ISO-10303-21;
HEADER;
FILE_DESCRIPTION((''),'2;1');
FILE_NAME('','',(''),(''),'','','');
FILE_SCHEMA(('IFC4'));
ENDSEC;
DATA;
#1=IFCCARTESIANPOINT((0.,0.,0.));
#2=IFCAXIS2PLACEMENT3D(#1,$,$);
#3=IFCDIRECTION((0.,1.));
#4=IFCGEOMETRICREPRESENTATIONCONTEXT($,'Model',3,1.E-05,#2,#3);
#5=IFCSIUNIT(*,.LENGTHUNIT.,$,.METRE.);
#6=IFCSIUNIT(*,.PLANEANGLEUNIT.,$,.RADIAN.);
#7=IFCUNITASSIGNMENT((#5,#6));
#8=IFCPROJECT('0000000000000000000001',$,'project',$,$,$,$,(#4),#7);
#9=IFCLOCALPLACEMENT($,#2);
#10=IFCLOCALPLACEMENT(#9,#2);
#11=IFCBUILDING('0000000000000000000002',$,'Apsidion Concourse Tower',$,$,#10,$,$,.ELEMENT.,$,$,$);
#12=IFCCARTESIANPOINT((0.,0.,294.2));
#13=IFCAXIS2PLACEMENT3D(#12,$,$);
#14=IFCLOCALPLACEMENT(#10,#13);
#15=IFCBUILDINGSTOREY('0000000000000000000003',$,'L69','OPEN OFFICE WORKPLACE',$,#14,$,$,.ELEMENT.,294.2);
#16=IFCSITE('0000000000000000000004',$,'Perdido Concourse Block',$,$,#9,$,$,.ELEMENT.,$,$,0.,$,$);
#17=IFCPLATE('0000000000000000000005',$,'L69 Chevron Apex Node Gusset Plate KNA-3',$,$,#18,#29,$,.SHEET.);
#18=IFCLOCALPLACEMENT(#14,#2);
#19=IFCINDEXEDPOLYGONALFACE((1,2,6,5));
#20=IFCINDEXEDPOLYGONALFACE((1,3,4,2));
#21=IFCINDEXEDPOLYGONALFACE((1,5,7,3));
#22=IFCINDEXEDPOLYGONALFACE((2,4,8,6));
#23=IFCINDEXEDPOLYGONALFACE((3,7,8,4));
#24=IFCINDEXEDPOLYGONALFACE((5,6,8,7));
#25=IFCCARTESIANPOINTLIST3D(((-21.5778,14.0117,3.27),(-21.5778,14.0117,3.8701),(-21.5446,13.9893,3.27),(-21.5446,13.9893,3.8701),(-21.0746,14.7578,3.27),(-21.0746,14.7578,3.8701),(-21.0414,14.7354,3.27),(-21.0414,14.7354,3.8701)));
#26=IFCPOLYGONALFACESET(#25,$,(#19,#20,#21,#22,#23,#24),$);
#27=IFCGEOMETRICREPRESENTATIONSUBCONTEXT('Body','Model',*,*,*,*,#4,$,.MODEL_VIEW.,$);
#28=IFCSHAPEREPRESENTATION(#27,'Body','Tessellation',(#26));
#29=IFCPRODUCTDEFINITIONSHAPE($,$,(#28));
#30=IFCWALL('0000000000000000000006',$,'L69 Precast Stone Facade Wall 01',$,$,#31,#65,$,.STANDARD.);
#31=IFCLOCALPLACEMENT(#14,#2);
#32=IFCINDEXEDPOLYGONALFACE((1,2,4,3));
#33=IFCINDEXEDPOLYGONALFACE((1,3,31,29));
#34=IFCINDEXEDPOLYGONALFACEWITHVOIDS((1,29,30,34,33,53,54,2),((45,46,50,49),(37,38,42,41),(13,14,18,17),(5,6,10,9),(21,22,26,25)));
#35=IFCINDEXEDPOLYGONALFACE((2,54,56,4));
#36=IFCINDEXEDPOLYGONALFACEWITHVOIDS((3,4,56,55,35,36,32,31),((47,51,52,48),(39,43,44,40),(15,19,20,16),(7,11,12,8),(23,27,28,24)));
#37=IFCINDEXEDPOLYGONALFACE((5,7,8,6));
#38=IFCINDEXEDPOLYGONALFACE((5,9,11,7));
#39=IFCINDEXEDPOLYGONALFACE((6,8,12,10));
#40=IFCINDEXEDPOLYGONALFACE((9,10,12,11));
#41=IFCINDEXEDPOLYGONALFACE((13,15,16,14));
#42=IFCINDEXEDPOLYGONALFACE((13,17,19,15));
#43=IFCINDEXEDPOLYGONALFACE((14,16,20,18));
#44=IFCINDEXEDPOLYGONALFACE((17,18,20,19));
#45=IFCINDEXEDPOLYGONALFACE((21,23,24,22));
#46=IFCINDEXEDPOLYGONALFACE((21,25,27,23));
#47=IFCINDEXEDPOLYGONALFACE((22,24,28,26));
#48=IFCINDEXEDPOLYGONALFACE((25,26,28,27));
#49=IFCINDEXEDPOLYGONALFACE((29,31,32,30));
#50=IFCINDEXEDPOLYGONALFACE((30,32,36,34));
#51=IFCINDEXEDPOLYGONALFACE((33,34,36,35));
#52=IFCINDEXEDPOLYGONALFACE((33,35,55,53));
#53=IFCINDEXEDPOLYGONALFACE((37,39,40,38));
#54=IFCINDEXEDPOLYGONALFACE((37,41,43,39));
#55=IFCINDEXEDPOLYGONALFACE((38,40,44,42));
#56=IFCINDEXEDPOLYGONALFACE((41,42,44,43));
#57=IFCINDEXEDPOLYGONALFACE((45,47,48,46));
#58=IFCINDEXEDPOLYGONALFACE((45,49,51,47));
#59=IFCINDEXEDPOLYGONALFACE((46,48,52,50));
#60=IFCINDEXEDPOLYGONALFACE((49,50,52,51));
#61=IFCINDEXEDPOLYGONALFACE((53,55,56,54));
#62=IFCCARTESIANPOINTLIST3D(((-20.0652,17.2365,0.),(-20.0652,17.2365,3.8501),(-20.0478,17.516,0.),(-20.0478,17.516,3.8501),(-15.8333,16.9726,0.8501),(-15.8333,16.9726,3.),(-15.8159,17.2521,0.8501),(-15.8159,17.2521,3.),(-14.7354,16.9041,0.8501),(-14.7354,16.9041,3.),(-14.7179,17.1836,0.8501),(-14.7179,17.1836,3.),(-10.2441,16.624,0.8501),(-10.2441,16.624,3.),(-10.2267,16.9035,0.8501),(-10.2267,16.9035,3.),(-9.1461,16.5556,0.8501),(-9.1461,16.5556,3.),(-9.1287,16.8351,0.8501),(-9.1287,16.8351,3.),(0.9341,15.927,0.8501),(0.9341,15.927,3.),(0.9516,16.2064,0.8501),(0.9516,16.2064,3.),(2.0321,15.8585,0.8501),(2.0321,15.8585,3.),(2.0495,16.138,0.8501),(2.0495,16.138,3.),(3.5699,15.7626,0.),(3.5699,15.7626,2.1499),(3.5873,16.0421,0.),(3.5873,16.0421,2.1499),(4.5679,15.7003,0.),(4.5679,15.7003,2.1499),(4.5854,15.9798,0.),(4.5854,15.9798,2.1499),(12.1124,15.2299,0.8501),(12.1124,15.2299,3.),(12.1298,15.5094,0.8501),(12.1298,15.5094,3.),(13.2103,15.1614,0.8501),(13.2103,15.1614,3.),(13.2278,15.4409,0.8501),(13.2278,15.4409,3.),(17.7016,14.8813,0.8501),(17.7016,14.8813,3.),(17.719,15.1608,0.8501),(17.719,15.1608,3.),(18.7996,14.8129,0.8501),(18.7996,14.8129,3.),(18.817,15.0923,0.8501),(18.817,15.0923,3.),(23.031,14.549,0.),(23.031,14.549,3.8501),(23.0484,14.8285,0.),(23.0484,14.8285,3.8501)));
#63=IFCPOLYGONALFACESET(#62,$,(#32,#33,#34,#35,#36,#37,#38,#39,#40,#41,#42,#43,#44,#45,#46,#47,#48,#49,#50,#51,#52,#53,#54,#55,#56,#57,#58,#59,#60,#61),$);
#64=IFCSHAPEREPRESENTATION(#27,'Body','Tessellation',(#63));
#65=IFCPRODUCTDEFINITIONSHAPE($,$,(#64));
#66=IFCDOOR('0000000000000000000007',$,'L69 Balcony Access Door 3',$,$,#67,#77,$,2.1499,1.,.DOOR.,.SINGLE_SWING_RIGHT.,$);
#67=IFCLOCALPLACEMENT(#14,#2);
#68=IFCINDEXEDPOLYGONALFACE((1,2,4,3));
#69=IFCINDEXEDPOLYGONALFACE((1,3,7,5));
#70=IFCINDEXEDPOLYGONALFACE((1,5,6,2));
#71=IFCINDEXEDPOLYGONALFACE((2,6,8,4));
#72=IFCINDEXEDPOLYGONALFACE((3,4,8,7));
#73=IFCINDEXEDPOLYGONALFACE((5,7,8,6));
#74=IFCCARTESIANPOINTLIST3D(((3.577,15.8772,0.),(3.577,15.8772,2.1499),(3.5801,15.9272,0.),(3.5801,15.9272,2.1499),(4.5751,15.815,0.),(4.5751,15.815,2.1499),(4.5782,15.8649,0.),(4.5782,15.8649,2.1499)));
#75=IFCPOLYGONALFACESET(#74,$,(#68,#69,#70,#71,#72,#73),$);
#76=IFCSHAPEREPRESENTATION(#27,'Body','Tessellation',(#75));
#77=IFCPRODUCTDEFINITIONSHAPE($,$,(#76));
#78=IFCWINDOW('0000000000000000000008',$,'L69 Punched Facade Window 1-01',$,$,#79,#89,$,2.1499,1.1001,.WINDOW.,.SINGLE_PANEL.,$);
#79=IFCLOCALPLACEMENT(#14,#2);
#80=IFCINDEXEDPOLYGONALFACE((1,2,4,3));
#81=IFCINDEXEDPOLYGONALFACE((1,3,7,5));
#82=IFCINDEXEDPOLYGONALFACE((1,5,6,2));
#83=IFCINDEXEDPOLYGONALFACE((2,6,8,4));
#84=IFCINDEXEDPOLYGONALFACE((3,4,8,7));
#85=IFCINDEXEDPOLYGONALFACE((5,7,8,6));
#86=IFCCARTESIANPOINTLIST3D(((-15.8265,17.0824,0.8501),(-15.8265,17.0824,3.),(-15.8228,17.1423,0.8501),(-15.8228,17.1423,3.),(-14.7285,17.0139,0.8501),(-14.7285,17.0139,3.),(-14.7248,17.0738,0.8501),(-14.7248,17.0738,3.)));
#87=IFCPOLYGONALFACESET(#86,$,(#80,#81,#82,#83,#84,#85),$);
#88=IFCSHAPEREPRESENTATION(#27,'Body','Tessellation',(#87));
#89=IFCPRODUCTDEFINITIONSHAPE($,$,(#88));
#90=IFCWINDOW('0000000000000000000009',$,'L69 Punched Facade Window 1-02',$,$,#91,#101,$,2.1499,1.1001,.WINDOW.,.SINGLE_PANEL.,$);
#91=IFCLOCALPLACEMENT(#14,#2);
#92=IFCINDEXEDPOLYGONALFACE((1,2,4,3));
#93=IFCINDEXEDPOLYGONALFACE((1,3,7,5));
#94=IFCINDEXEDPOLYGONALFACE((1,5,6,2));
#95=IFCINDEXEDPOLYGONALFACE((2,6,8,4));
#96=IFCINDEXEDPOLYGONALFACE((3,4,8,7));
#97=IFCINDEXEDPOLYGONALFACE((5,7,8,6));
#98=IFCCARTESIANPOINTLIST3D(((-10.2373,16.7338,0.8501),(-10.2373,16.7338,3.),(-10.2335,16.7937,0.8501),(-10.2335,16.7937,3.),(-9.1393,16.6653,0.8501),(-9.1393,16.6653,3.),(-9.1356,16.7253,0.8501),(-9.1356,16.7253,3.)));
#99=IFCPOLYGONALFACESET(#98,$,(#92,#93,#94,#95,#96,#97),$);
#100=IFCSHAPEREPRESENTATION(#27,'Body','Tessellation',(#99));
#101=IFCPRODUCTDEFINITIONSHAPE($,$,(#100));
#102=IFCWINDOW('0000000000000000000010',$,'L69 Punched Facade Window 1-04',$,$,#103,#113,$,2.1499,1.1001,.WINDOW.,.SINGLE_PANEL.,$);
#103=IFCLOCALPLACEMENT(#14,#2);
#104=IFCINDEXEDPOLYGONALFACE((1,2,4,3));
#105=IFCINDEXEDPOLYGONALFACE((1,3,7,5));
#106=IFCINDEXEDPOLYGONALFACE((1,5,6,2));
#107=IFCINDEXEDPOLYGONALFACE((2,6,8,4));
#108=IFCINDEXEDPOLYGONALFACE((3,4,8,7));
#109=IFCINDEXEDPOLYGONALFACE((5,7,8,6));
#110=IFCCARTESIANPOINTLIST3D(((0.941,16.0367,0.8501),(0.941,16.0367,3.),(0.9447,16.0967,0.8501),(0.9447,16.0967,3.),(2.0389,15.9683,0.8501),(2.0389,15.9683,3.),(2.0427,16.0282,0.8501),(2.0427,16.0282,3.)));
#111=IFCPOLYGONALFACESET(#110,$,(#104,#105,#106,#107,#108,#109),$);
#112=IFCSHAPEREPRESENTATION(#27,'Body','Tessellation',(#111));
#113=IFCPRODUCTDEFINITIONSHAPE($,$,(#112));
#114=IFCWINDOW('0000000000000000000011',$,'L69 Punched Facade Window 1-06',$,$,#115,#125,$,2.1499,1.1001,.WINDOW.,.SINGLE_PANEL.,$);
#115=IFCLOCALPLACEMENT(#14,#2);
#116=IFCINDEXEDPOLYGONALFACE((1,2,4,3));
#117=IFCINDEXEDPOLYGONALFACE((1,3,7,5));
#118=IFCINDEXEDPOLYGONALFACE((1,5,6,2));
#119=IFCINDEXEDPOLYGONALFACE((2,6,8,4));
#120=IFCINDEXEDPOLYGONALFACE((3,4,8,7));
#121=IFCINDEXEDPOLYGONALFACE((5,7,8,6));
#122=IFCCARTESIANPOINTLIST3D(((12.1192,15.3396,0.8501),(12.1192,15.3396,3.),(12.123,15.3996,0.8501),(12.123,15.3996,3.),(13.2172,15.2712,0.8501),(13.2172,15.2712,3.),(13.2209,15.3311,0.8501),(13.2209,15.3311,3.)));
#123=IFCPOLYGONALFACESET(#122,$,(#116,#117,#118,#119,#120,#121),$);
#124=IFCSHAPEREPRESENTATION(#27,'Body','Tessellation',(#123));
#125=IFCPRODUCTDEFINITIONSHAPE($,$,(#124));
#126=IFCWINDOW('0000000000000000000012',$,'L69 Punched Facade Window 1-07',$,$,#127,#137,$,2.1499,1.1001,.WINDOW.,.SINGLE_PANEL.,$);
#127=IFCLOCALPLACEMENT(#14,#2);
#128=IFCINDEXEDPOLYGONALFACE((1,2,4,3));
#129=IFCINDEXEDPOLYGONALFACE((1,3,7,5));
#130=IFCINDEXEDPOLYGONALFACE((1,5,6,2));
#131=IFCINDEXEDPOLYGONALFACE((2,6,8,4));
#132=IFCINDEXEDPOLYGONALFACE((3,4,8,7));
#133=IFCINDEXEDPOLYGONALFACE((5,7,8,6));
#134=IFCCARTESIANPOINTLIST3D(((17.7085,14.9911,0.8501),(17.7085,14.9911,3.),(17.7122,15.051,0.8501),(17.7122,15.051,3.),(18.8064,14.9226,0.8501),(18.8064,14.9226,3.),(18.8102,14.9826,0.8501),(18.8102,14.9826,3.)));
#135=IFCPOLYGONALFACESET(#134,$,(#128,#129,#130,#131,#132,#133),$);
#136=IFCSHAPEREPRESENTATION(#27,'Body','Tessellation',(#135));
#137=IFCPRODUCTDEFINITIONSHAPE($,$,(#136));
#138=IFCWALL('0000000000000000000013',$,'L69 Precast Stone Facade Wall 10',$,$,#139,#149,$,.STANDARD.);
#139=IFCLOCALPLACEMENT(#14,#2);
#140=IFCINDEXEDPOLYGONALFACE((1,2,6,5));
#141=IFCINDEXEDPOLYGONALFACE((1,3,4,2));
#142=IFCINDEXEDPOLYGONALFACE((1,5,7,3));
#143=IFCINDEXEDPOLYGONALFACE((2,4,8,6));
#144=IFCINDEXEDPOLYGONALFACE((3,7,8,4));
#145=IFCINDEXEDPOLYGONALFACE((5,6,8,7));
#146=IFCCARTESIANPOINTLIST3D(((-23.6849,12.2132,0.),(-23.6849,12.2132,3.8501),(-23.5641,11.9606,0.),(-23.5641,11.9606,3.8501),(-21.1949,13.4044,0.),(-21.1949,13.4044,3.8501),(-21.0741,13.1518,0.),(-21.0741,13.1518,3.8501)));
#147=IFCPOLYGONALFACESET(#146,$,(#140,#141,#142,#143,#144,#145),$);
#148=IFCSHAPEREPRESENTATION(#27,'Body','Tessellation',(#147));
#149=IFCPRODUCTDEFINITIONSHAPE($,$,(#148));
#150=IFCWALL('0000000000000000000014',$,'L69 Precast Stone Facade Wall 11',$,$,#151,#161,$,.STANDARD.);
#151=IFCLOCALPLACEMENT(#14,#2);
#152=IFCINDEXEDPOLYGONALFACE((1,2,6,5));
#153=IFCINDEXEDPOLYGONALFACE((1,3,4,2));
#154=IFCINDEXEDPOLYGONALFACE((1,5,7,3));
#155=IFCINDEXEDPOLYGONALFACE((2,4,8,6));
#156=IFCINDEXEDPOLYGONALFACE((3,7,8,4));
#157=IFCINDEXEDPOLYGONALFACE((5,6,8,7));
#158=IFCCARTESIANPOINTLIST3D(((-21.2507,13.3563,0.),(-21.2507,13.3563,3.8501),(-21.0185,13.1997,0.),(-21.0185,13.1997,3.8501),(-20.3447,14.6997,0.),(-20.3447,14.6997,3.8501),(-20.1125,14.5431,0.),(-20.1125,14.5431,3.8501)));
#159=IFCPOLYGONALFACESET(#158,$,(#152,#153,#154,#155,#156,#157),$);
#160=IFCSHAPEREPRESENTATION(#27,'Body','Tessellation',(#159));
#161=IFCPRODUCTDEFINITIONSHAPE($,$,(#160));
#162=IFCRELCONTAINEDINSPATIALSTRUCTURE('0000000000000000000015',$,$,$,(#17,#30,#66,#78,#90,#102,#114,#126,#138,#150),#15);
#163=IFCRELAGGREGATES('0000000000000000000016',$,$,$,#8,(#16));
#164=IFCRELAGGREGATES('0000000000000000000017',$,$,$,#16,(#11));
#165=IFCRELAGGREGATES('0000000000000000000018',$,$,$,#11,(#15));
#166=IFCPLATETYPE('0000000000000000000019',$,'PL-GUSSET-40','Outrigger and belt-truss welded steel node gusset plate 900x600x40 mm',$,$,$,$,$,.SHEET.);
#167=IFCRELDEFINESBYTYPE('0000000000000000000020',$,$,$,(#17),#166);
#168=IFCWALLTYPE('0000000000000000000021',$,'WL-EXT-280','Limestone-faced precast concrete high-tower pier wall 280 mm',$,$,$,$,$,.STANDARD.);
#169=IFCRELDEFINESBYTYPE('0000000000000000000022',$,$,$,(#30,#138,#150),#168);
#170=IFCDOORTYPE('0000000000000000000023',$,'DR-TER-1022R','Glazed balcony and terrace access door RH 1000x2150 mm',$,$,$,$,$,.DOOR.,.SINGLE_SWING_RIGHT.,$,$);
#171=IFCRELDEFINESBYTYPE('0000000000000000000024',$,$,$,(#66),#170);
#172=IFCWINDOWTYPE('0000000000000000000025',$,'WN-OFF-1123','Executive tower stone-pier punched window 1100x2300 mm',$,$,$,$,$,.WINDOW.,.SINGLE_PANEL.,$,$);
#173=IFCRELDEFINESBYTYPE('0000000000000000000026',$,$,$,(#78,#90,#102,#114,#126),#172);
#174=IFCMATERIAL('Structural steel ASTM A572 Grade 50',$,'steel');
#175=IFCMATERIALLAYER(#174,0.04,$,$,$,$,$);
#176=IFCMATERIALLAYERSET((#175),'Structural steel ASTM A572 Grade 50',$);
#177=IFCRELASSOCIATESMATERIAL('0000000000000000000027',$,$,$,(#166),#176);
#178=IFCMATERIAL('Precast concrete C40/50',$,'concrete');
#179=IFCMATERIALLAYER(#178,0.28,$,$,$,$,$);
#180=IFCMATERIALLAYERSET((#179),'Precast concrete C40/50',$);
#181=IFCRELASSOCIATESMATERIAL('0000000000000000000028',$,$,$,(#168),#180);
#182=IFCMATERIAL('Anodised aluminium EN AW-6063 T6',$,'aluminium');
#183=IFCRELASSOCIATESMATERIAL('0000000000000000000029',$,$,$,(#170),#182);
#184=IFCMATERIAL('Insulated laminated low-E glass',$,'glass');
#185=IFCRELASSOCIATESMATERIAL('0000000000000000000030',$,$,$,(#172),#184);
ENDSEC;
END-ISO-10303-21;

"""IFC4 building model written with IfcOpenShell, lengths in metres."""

from ifc_helpers import new_model, si_unit, direction, frame, frame_2d, origin, origin_2d, place, context, subcontext, project, spatial, rectangle, extrude, material, layer, layer_set, type_object, element, fill, save


model = new_model("IFC4")

# Units and contexts
model_context = context("Model", 3, precision=1e-05, world=origin(), true_north=direction((0.0, 1.0)))
body_context = subcontext(model_context, "Body", "Model", "MODEL_VIEW")
ifc_project = project(units=[si_unit("LENGTHUNIT", "METRE"), si_unit("PLANEANGLEUNIT", "RADIAN")], contexts=[model_context])

# Site, building, storey
site_placement = place(None, origin())
site = spatial("IfcSite", under=ifc_project, at=site_placement, Name="Perdido Concourse Block", CompositionType="ELEMENT", RefElevation=0.0)
building_placement = place(site_placement, origin())
building = spatial("IfcBuilding", under=site, at=building_placement, Name="Apsidion Concourse Tower", CompositionType="ELEMENT")
storey_placement = place(building_placement, frame((0.0, 0.0, 294.2)))
storey = spatial("IfcBuildingStorey", under=building, at=storey_placement, Name="L69", Description="OPEN OFFICE WORKPLACE", CompositionType="ELEMENT", Elevation=294.2)

# Plate
ifc_material_1 = material(Name="Structural steel ASTM A572 Grade 50", Category="steel")
ifc_layer_1 = layer(ifc_material_1, 0.04)
ifc_layer_set_1 = layer_set([ifc_layer_1], Name="Structural steel ASTM A572 Grade 50")
plate_type_1 = type_object("IfcPlateType", Name="PL-GUSSET-40", Description="Outrigger and belt-truss welded steel node gusset plate 900x600x40 mm", PredefinedType="SHEET", material=ifc_layer_set_1)
plate_1_placement = place(storey_placement, frame((-21.3096, 14.3735, 3.27), z_axis=(0.0, 0.0, 1.0), x_axis=(0.559193, 0.829038, 0.0)))
element("IfcPlate", 1, at=plate_1_placement, inside=storey, type_object=plate_type_1, Name="L69 Chevron Apex Node Gusset Plate KNA-3", PredefinedType="SHEET", context=body_context, shape_type="SweptSolid", body=[
    extrude(rectangle(XDim=0.8999, YDim=0.04, at=origin_2d()), origin(), (0.0, 0.0, 1.0), 0.6001),
])

# Wall, openings, door, windows
ifc_material_2 = material(Name="Precast concrete C40/50", Category="concrete")
ifc_layer_2 = layer(ifc_material_2, 0.28)
ifc_layer_set_2 = layer_set([ifc_layer_2], Name="Precast concrete C40/50")
wall_type = type_object("IfcWallType", Name="WL-EXT-280", Description="Limestone-faced precast concrete high-tower pier wall 280 mm", PredefinedType="STANDARD", material=ifc_layer_set_2)
wall_1_placement = place(storey_placement, frame((-20.0564, 17.3762, 0.0), z_axis=(0.0, 0.0, 1.0), x_axis=(0.998061, -0.06224, 0.0)))
wall_1 = element("IfcWall", 2, at=wall_1_placement, inside=storey, type_object=wall_type, Name="L69 Precast Stone Facade Wall 01", PredefinedType="STANDARD", context=body_context, shape_type="SweptSolid", body=[
    extrude(rectangle(XDim=43.1799, YDim=0.28, at=frame_2d((21.5898, 0.0))), origin(), (0.0, 0.0, 1.0), 3.8501),
])
opening_1_placement = place(wall_1_placement, frame((23.6809, 0.0, 0.0)))
opening_1 = element("IfcOpeningElement", 3, at=opening_1_placement, cuts=wall_1, PredefinedType="OPENING", context=body_context, shape_type="SweptSolid", body=[
    extrude(rectangle(XDim=1.0, YDim=2.1499, at=frame_2d((0.5, 1.075))), frame((0.0, 0.1499, 0.0), z_axis=(0.0, -1.0, 0.0), x_axis=(1.0, 0.0, 0.0)), (0.0, 0.0, 1.0), 0.3),
])
opening_2_placement = place(wall_1_placement, frame((4.24, 0.0, 0.8501)))
opening_2 = element("IfcOpeningElement", 4, at=opening_2_placement, cuts=wall_1, PredefinedType="OPENING", context=body_context, shape_type="SweptSolid", body=[
    extrude(rectangle(XDim=1.1001, YDim=2.1499, at=frame_2d((0.55, 1.075))), frame((0.0, 0.1499, 0.0), z_axis=(0.0, -1.0, 0.0), x_axis=(1.0, 0.0, 0.0)), (0.0, 0.0, 1.0), 0.3),
])
opening_3_placement = place(wall_1_placement, frame((9.8401, 0.0, 0.8501)))
opening_3 = element("IfcOpeningElement", 5, at=opening_3_placement, cuts=wall_1, PredefinedType="OPENING", context=body_context, shape_type="SweptSolid", body=[
    extrude(rectangle(XDim=1.1001, YDim=2.1499, at=frame_2d((0.55, 1.075))), frame((0.0, 0.1499, 0.0), z_axis=(0.0, -1.0, 0.0), x_axis=(1.0, 0.0, 0.0)), (0.0, 0.0, 1.0), 0.3),
])
opening_4_placement = place(wall_1_placement, frame((21.04, 0.0, 0.8501)))
opening_4 = element("IfcOpeningElement", 6, at=opening_4_placement, cuts=wall_1, PredefinedType="OPENING", context=body_context, shape_type="SweptSolid", body=[
    extrude(rectangle(XDim=1.1001, YDim=2.1499, at=frame_2d((0.55, 1.075))), frame((0.0, 0.1499, 0.0), z_axis=(0.0, -1.0, 0.0), x_axis=(1.0, 0.0, 0.0)), (0.0, 0.0, 1.0), 0.3),
])
opening_5_placement = place(wall_1_placement, frame((32.24, 0.0, 0.8501)))
opening_5 = element("IfcOpeningElement", 7, at=opening_5_placement, cuts=wall_1, PredefinedType="OPENING", context=body_context, shape_type="SweptSolid", body=[
    extrude(rectangle(XDim=1.1001, YDim=2.1499, at=frame_2d((0.55, 1.075))), frame((0.0, 0.1499, 0.0), z_axis=(0.0, -1.0, 0.0), x_axis=(1.0, 0.0, 0.0)), (0.0, 0.0, 1.0), 0.3),
])
opening_6_placement = place(wall_1_placement, frame((37.8401, 0.0, 0.8501)))
opening_6 = element("IfcOpeningElement", 8, at=opening_6_placement, cuts=wall_1, PredefinedType="OPENING", context=body_context, shape_type="SweptSolid", body=[
    extrude(rectangle(XDim=1.1001, YDim=2.1499, at=frame_2d((0.55, 1.075))), frame((0.0, 0.1499, 0.0), z_axis=(0.0, -1.0, 0.0), x_axis=(1.0, 0.0, 0.0)), (0.0, 0.0, 1.0), 0.3),
])
ifc_material_3 = material(Name="Anodised aluminium EN AW-6063 T6", Category="aluminium")
door_type = type_object("IfcDoorType", Name="DR-TER-1022R", Description="Glazed balcony and terrace access door RH 1000x2150 mm", OperationType="SINGLE_SWING_RIGHT", PredefinedType="DOOR", material=ifc_material_3)
door_placement = place(opening_1_placement, origin())
door = element("IfcDoor", 9, at=door_placement, inside=storey, type_object=door_type, Name="L69 Balcony Access Door 3", OperationType="SINGLE_SWING_RIGHT", OverallHeight=2.1499, OverallWidth=1.0, PredefinedType="DOOR", context=body_context, shape_type="SweptSolid", body=[
    extrude(rectangle(XDim=1.0, YDim=2.1499, at=frame_2d((0.5, 1.075))), frame((0.0, 0.0249, 0.0), z_axis=(0.0, -1.0, 0.0), x_axis=(1.0, 0.0, 0.0)), (0.0, 0.0, 1.0), 0.05),
])
fill(opening_1, door)
ifc_material_4 = material(Name="Insulated laminated low-E glass", Category="glass")
window_type = type_object("IfcWindowType", Name="WN-OFF-1123", Description="Executive tower stone-pier punched window 1100x2300 mm", PartitioningType="SINGLE_PANEL", PredefinedType="WINDOW", material=ifc_material_4)
window_1_placement = place(opening_2_placement, origin())
window_1 = element("IfcWindow", 10, at=window_1_placement, inside=storey, type_object=window_type, Name="L69 Punched Facade Window 1-01", OverallHeight=2.1499, OverallWidth=1.1001, PartitioningType="SINGLE_PANEL", PredefinedType="WINDOW", context=body_context, shape_type="SweptSolid", body=[
    extrude(rectangle(XDim=1.1001, YDim=2.1499, at=frame_2d((0.55, 1.075))), frame((0.0, 0.03, 0.0), z_axis=(0.0, -1.0, 0.0), x_axis=(1.0, 0.0, 0.0)), (0.0, 0.0, 1.0), 0.0601),
])
fill(opening_2, window_1)
window_2_placement = place(opening_3_placement, origin())
window_2 = element("IfcWindow", 11, at=window_2_placement, inside=storey, type_object=window_type, Name="L69 Punched Facade Window 1-02", OverallHeight=2.1499, OverallWidth=1.1001, PartitioningType="SINGLE_PANEL", PredefinedType="WINDOW", context=body_context, shape_type="SweptSolid", body=[
    extrude(rectangle(XDim=1.1001, YDim=2.1499, at=frame_2d((0.55, 1.075))), frame((0.0, 0.03, 0.0), z_axis=(0.0, -1.0, 0.0), x_axis=(1.0, 0.0, 0.0)), (0.0, 0.0, 1.0), 0.0601),
])
fill(opening_3, window_2)
window_3_placement = place(opening_4_placement, origin())
window_3 = element("IfcWindow", 12, at=window_3_placement, inside=storey, type_object=window_type, Name="L69 Punched Facade Window 1-04", OverallHeight=2.1499, OverallWidth=1.1001, PartitioningType="SINGLE_PANEL", PredefinedType="WINDOW", context=body_context, shape_type="SweptSolid", body=[
    extrude(rectangle(XDim=1.1001, YDim=2.1499, at=frame_2d((0.55, 1.075))), frame((0.0, 0.03, 0.0), z_axis=(0.0, -1.0, 0.0), x_axis=(1.0, 0.0, 0.0)), (0.0, 0.0, 1.0), 0.0601),
])
fill(opening_4, window_3)
window_4_placement = place(opening_5_placement, origin())
window_4 = element("IfcWindow", 13, at=window_4_placement, inside=storey, type_object=window_type, Name="L69 Punched Facade Window 1-06", OverallHeight=2.1499, OverallWidth=1.1001, PartitioningType="SINGLE_PANEL", PredefinedType="WINDOW", context=body_context, shape_type="SweptSolid", body=[
    extrude(rectangle(XDim=1.1001, YDim=2.1499, at=frame_2d((0.55, 1.075))), frame((0.0, 0.03, 0.0), z_axis=(0.0, -1.0, 0.0), x_axis=(1.0, 0.0, 0.0)), (0.0, 0.0, 1.0), 0.0601),
])
fill(opening_5, window_4)
window_5_placement = place(opening_6_placement, origin())
window_5 = element("IfcWindow", 14, at=window_5_placement, inside=storey, type_object=window_type, Name="L69 Punched Facade Window 1-07", OverallHeight=2.1499, OverallWidth=1.1001, PartitioningType="SINGLE_PANEL", PredefinedType="WINDOW", context=body_context, shape_type="SweptSolid", body=[
    extrude(rectangle(XDim=1.1001, YDim=2.1499, at=frame_2d((0.55, 1.075))), frame((0.0, 0.03, 0.0), z_axis=(0.0, -1.0, 0.0), x_axis=(1.0, 0.0, 0.0)), (0.0, 0.0, 1.0), 0.0601),
])
fill(opening_6, window_5)

# Walls
wall_2_placement = place(storey_placement, frame((-23.6245, 12.0869, 0.0), z_axis=(0.0, 0.0, 1.0), x_axis=(0.902092, 0.431543, 0.0)))
element("IfcWall", 15, at=wall_2_placement, inside=storey, type_object=wall_type, Name="L69 Precast Stone Facade Wall 10", PredefinedType="STANDARD", context=body_context, shape_type="SweptSolid", body=[
    extrude(rectangle(XDim=2.7603, YDim=0.28, at=frame_2d((1.3801, 0.0))), origin(), (0.0, 0.0, 1.0), 3.8501),
])
wall_3_placement = place(storey_placement, frame((-21.1345, 13.2781, 0.0), z_axis=(0.0, 0.0, 1.0), x_axis=(0.559108, 0.829095, 0.0)))
element("IfcWall", 16, at=wall_3_placement, inside=storey, type_object=wall_type, Name="L69 Precast Stone Facade Wall 11", PredefinedType="STANDARD", context=body_context, shape_type="SweptSolid", body=[
    extrude(rectangle(XDim=1.6204, YDim=0.28, at=frame_2d((0.8101, 0.0))), origin(), (0.0, 0.0, 1.0), 3.8501),
])

save(model, "model.ifc")
